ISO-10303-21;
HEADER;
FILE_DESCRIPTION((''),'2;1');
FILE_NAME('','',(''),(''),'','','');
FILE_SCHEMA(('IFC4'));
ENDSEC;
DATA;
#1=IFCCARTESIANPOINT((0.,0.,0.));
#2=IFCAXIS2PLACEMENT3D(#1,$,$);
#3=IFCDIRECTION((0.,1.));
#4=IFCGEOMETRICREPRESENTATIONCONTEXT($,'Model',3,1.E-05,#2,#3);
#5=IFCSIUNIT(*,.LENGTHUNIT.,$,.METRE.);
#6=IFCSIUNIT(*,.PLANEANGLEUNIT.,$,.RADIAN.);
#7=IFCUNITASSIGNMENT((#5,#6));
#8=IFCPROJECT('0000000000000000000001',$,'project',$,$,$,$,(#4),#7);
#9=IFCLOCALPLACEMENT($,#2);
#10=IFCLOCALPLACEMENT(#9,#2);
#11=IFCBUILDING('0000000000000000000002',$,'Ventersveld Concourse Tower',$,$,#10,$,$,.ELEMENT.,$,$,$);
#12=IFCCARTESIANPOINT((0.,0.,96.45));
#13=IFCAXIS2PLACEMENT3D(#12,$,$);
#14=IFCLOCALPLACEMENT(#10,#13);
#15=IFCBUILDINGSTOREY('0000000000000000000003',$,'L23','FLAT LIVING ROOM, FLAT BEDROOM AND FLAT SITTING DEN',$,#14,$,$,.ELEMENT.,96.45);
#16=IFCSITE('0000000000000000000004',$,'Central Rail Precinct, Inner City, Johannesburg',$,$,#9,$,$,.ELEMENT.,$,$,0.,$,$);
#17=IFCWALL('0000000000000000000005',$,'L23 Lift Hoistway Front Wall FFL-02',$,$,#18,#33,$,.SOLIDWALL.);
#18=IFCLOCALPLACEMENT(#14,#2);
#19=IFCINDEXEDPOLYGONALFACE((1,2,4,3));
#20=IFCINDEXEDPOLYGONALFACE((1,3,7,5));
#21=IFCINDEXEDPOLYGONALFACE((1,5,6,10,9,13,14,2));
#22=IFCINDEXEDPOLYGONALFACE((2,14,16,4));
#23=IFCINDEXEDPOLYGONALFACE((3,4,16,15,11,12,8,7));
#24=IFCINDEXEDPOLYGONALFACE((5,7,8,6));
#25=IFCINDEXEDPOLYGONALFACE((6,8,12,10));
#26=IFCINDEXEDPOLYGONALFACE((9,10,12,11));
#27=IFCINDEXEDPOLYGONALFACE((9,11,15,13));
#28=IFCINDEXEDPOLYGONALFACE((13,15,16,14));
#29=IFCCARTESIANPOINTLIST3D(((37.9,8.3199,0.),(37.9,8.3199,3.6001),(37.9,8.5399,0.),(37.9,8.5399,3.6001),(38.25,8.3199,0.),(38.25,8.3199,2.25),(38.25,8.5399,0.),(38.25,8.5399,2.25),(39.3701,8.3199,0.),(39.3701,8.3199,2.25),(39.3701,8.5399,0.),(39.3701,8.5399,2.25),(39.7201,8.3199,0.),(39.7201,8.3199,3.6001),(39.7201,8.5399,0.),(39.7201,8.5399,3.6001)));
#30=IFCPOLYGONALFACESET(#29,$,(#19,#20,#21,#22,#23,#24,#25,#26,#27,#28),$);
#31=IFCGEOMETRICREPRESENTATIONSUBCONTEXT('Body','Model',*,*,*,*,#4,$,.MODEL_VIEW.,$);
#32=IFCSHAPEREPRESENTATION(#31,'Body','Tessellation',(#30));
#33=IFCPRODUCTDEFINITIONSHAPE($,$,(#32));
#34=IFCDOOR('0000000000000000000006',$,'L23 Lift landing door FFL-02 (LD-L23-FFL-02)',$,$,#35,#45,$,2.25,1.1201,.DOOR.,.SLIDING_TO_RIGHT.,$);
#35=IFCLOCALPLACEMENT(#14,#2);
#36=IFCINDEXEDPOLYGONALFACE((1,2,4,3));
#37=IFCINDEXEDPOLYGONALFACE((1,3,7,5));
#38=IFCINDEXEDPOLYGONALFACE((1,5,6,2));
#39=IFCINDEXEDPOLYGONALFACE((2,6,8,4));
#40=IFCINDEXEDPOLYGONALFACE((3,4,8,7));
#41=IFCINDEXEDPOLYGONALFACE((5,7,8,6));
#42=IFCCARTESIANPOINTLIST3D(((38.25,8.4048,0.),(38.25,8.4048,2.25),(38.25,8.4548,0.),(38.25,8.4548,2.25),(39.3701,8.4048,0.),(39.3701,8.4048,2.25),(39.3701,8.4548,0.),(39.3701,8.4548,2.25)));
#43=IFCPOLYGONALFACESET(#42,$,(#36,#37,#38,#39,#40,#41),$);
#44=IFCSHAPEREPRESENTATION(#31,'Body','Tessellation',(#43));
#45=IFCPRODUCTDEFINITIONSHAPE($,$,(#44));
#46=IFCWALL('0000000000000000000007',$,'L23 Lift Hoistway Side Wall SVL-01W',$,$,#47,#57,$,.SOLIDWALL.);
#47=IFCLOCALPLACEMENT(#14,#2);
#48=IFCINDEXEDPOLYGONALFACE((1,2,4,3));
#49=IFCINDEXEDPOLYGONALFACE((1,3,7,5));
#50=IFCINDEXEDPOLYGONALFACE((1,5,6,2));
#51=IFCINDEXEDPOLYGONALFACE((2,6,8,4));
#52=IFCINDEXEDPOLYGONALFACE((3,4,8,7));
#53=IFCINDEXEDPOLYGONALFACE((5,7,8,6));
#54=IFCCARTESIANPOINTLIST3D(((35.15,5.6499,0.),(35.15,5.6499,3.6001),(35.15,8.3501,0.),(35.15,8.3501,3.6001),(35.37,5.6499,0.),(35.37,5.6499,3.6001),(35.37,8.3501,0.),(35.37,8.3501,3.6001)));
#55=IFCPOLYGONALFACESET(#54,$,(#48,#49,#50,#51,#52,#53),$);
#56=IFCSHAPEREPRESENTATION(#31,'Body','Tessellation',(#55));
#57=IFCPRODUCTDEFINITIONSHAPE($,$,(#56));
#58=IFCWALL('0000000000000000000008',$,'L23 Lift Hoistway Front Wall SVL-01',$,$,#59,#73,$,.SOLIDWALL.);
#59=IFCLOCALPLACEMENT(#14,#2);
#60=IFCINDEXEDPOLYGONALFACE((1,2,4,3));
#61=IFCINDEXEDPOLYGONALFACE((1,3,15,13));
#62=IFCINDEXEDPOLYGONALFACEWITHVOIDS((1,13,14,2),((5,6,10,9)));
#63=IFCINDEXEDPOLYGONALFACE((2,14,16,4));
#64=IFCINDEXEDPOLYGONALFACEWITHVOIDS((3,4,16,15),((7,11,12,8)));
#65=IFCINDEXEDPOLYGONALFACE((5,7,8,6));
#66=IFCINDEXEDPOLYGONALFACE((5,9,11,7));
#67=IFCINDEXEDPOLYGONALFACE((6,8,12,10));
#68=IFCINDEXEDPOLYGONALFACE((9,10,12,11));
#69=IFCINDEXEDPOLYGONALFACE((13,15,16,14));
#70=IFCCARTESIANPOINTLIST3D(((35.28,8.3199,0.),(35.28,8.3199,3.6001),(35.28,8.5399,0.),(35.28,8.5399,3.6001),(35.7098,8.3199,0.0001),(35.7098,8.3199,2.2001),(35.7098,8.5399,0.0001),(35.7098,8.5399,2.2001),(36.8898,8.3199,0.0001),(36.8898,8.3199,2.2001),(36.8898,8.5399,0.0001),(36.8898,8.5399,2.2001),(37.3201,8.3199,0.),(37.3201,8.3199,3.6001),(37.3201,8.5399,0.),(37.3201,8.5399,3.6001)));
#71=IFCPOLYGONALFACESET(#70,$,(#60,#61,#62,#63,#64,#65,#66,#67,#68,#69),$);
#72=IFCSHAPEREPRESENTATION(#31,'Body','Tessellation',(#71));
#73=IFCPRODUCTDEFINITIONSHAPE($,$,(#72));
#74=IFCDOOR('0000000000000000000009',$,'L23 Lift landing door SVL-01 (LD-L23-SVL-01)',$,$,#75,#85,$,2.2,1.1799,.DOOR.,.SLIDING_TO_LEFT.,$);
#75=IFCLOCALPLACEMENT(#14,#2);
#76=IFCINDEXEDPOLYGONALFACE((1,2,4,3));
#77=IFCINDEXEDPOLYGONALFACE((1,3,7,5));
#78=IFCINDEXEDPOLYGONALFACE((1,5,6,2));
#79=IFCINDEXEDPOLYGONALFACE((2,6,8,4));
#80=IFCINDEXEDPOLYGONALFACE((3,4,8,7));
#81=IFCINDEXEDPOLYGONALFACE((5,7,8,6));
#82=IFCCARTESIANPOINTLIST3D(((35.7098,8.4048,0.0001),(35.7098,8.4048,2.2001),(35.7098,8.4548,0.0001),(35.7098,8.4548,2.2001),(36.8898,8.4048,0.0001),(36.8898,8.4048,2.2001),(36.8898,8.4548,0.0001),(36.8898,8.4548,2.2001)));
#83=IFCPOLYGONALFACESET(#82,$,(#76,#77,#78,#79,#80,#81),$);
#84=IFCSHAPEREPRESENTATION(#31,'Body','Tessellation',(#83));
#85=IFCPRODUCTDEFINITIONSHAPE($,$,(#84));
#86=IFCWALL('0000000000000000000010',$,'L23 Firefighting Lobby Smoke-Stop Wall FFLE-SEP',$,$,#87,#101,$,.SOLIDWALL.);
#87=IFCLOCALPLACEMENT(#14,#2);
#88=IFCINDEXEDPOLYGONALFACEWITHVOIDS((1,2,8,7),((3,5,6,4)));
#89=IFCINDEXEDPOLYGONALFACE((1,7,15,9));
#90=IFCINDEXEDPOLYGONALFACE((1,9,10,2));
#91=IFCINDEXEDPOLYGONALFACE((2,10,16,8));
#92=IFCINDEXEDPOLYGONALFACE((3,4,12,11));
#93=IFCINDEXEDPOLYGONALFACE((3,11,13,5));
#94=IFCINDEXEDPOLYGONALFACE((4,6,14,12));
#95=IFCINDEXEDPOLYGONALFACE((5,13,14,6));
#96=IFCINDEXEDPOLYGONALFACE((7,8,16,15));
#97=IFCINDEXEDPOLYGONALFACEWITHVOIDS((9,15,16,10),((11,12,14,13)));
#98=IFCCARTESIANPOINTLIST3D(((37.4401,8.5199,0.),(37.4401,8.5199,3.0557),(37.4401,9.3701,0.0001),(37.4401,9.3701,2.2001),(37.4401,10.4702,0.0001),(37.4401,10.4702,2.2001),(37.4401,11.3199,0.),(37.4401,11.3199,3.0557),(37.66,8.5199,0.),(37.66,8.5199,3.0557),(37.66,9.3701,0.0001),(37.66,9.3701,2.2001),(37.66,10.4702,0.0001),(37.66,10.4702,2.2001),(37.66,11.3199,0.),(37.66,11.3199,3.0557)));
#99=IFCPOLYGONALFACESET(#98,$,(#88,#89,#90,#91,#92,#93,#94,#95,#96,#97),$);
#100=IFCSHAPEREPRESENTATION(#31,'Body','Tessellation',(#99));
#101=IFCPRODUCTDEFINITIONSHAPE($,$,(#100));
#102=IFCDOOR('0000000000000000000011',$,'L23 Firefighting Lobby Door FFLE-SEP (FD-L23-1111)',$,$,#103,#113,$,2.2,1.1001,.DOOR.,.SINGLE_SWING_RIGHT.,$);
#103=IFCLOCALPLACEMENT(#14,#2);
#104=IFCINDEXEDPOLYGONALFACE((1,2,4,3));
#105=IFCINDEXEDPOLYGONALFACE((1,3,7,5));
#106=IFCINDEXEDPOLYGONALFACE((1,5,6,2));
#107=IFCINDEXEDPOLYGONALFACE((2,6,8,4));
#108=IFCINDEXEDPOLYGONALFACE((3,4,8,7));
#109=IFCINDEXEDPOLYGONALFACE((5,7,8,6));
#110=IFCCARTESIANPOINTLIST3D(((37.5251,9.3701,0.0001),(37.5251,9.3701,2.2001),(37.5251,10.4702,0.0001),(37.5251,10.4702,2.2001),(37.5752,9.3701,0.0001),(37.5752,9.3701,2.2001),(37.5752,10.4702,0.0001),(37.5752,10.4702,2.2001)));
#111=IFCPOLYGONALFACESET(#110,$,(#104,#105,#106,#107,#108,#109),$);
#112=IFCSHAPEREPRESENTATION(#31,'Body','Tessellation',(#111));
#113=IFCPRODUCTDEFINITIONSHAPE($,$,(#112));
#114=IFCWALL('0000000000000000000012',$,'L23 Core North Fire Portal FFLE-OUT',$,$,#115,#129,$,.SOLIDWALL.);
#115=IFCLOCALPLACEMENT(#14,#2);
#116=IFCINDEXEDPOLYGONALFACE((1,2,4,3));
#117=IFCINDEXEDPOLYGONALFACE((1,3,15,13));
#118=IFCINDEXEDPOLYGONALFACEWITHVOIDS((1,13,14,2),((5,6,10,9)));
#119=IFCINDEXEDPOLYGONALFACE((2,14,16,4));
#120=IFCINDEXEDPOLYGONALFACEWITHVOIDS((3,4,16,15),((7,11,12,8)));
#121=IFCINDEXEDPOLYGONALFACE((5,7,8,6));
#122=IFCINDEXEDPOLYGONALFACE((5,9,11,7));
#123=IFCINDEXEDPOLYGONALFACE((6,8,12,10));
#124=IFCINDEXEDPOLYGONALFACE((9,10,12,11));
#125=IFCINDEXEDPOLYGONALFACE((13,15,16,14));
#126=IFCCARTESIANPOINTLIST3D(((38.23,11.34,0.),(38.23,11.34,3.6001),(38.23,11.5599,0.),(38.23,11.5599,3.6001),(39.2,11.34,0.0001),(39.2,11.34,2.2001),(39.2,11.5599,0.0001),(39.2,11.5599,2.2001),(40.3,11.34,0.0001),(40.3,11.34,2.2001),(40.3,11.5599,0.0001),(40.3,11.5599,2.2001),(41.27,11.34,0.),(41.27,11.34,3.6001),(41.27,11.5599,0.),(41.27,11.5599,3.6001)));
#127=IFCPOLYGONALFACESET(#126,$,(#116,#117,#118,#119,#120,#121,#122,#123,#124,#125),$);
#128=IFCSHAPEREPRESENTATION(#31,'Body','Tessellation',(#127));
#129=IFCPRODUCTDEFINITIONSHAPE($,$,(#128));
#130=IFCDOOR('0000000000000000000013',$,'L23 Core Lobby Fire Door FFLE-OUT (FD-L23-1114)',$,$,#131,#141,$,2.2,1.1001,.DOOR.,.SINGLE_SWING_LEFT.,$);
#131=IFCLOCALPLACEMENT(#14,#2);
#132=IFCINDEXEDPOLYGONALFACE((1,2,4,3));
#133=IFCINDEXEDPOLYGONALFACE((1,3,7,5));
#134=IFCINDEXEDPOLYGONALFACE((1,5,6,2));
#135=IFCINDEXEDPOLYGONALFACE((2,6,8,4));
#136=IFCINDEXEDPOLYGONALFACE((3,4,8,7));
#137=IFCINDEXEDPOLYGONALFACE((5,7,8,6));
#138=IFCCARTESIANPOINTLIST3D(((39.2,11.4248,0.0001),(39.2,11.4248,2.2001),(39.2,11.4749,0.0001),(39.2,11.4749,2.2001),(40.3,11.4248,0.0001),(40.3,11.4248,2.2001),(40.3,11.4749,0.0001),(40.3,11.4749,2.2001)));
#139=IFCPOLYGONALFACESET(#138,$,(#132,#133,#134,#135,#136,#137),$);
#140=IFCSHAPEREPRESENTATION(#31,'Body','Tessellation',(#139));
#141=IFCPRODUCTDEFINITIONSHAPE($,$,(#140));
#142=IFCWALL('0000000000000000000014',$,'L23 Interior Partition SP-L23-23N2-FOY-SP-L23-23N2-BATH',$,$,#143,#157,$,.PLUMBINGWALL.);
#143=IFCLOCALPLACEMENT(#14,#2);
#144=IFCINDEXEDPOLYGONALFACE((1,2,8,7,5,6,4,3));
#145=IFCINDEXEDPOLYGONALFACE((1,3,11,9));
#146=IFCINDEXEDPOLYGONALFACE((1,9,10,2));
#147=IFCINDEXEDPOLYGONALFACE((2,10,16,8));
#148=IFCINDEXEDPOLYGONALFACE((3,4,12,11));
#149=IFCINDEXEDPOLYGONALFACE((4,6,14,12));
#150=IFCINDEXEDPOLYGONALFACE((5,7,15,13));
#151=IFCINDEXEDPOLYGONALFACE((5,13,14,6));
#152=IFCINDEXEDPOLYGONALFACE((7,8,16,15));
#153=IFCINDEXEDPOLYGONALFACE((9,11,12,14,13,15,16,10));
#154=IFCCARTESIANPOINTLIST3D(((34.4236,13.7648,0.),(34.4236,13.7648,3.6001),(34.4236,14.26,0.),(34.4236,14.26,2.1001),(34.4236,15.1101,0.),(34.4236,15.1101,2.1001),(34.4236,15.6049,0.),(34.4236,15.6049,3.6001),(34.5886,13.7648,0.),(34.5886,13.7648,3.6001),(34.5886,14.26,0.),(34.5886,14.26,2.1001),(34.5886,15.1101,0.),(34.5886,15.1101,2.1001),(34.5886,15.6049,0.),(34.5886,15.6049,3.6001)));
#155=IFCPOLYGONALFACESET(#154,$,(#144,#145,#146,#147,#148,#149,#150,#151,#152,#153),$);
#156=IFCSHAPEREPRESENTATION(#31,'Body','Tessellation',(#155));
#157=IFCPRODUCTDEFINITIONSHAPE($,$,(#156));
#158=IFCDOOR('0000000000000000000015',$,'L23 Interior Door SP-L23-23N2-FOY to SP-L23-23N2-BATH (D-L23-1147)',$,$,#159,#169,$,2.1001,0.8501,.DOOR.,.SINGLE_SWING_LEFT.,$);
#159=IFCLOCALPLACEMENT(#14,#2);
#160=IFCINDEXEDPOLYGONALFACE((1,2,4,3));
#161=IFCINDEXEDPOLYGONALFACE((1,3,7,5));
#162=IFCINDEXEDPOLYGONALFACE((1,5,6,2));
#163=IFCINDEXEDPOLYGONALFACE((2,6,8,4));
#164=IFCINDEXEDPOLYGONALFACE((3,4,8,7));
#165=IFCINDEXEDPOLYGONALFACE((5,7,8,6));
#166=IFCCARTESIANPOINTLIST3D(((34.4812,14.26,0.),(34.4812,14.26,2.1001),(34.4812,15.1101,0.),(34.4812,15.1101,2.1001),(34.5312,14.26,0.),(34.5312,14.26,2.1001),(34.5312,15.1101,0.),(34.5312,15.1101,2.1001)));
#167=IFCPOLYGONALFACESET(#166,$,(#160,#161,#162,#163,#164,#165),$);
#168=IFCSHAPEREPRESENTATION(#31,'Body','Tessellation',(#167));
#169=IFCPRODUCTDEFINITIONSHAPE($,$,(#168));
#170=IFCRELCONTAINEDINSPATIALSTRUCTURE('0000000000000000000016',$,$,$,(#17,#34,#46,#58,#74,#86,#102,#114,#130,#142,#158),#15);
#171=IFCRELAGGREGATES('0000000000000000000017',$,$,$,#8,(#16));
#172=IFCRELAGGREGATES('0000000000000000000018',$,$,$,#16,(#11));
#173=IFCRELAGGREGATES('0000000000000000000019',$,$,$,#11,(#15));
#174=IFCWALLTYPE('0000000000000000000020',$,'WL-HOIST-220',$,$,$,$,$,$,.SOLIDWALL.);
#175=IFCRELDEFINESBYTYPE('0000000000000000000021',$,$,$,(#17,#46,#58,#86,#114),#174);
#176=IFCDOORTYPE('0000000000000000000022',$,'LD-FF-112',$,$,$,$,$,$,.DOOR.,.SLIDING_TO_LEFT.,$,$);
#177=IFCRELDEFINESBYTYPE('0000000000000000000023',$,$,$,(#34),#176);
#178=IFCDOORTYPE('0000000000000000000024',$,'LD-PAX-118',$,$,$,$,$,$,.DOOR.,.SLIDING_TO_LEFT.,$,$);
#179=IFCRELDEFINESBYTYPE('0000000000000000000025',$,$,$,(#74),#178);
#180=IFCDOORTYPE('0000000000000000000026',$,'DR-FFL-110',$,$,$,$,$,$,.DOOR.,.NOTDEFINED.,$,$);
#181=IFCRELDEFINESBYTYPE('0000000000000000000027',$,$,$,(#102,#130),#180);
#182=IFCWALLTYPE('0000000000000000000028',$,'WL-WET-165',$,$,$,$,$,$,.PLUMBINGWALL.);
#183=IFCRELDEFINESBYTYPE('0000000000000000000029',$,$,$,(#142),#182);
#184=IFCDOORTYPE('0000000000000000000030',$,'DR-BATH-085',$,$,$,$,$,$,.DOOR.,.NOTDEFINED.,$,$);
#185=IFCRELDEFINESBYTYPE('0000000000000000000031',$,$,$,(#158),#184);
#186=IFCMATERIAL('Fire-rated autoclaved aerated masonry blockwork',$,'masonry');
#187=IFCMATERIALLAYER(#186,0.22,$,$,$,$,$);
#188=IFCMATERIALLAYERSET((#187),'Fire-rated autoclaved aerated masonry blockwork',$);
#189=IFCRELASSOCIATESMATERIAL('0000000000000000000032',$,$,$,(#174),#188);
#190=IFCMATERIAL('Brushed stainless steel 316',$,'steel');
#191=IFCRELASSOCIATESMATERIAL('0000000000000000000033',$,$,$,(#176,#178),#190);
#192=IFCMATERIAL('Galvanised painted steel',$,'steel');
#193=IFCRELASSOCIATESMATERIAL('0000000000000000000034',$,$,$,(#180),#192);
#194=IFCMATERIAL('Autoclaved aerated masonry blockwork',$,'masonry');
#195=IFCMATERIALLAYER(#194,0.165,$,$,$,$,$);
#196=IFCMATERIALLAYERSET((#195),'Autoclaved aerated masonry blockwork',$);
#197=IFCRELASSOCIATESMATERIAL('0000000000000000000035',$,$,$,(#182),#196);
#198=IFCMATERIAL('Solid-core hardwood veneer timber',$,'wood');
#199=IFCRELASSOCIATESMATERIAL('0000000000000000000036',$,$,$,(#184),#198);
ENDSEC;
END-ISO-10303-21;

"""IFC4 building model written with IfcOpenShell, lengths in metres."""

from ifc_helpers import new_model, si_unit, direction, frame, frame_2d, origin, place, context, subcontext, project, spatial, rectangle, extrude, material, layer, layer_set, type_object, element, fill, save


model = new_model("IFC4")

# Units and contexts
model_context = context("Model", 3, precision=1e-05, world=origin(), true_north=direction((0.0, 1.0)))
body_context = subcontext(model_context, "Body", "Model", "MODEL_VIEW")
ifc_project = project(units=[si_unit("LENGTHUNIT", "METRE"), si_unit("PLANEANGLEUNIT", "RADIAN")], contexts=[model_context])

# Site, building, storey
site_placement = place(None, origin())
site = spatial("IfcSite", under=ifc_project, at=site_placement, Name="Central Rail Precinct, Inner City, Johannesburg", CompositionType="ELEMENT", RefElevation=0.0)
building_placement = place(site_placement, origin())
building = spatial("IfcBuilding", under=site, at=building_placement, Name="Ventersveld Concourse Tower", CompositionType="ELEMENT")
storey_placement = place(building_placement, frame((0.0, 0.0, 96.45)))
storey = spatial("IfcBuildingStorey", under=building, at=storey_placement, Name="L23", Description="FLAT LIVING ROOM, FLAT BEDROOM AND FLAT SITTING DEN", CompositionType="ELEMENT", Elevation=96.45)

# Shared definitions
ifc_material_1 = material(Name="Fire-rated autoclaved aerated masonry blockwork", Category="masonry")
ifc_material_2 = material(Name="Solid-core hardwood veneer timber", Category="wood")

# Shared definitions
ifc_layer_1 = layer(ifc_material_1, 0.22)
ifc_layer_set_1 = layer_set([ifc_layer_1], Name="Fire-rated autoclaved aerated masonry blockwork")
wall_type_1 = type_object("IfcWallType", Name="WL-HOIST-220", PredefinedType="SOLIDWALL", material=ifc_layer_set_1)

# Wall, opening, door
wall_1_placement = place(storey_placement, frame((37.8999, 8.4299, 0.0), z_axis=(0.0, 0.0, 1.0), x_axis=(1.0, 0.0, 0.0)))
wall_1 = element("IfcWall", 1, at=wall_1_placement, inside=storey, type_object=wall_type_1, Name="L23 Lift Hoistway Front Wall FFL-02", PredefinedType="SOLIDWALL", context=body_context, shape_type="SweptSolid", body=[
    extrude(rectangle(XDim=1.8201, YDim=0.22, at=frame_2d((0.9102, 0.0))), origin(), (0.0, 0.0, 1.0), 3.6001),
])
opening_1_placement = place(wall_1_placement, frame((0.3501, 0.0, 0.0)))
opening_1 = element("IfcOpeningElement", 2, at=opening_1_placement, cuts=wall_1, PredefinedType="OPENING", context=body_context, shape_type="SweptSolid", body=[
    extrude(rectangle(XDim=1.1201, YDim=2.25, at=frame_2d((0.5601, 1.125))), frame((0.0, 0.1201, 0.0), z_axis=(0.0, -1.0, 0.0), x_axis=(1.0, 0.0, 0.0)), (0.0, 0.0, 1.0), 0.24),
])
ifc_material_3 = material(Name="Brushed stainless steel 316", Category="steel")
door_type_1 = type_object("IfcDoorType", Name="LD-FF-112", OperationType="SLIDING_TO_LEFT", PredefinedType="DOOR", material=ifc_material_3)
door_1_placement = place(opening_1_placement, origin())
door_1 = element("IfcDoor", 3, at=door_1_placement, inside=storey, type_object=door_type_1, Name="L23 Lift landing door FFL-02 (LD-L23-FFL-02)", OperationType="SLIDING_TO_RIGHT", OverallHeight=2.25, OverallWidth=1.1201, PredefinedType="DOOR", context=body_context, shape_type="SweptSolid", body=[
    extrude(rectangle(XDim=1.1201, YDim=2.25, at=frame_2d((0.5601, 1.125))), frame((0.0, 0.0249, 0.0), z_axis=(0.0, -1.0, 0.0), x_axis=(1.0, 0.0, 0.0)), (0.0, 0.0, 1.0), 0.05),
])
fill(opening_1, door_1)

# Wall
wall_2_placement = place(storey_placement, frame((35.26, 5.6499, 0.0), z_axis=(0.0, 0.0, 1.0), x_axis=(0.0, 1.0, 0.0)))
element("IfcWall", 4, at=wall_2_placement, inside=storey, type_object=wall_type_1, Name="L23 Lift Hoistway Side Wall SVL-01W", PredefinedType="SOLIDWALL", context=body_context, shape_type="SweptSolid", body=[
    extrude(rectangle(XDim=2.7002, YDim=0.22, at=frame_2d((1.3501, 0.0))), origin(), (0.0, 0.0, 1.0), 3.6001),
])

# Walls, openings, doors
wall_3_placement = place(storey_placement, frame((35.28, 8.4299, 0.0), z_axis=(0.0, 0.0, 1.0), x_axis=(1.0, 0.0, 0.0)))
wall_3 = element("IfcWall", 5, at=wall_3_placement, inside=storey, type_object=wall_type_1, Name="L23 Lift Hoistway Front Wall SVL-01", PredefinedType="SOLIDWALL", context=body_context, shape_type="SweptSolid", body=[
    extrude(rectangle(XDim=2.04, YDim=0.22, at=frame_2d((1.02, 0.0))), origin(), (0.0, 0.0, 1.0), 3.6001),
])
opening_2_placement = place(wall_3_placement, frame((0.4299, 0.0, 0.0)))
opening_2 = element("IfcOpeningElement", 6, at=opening_2_placement, cuts=wall_3, PredefinedType="OPENING", context=body_context, shape_type="SweptSolid", body=[
    extrude(rectangle(XDim=1.1799, YDim=2.2, at=frame_2d((0.5898, 1.1001))), frame((0.0, 0.1201, 0.0), z_axis=(0.0, -1.0, 0.0), x_axis=(1.0, 0.0, 0.0)), (0.0, 0.0, 1.0), 0.24),
])
door_type_2 = type_object("IfcDoorType", Name="LD-PAX-118", OperationType="SLIDING_TO_LEFT", PredefinedType="DOOR", material=ifc_material_3)
door_2_placement = place(opening_2_placement, origin())
door_2 = element("IfcDoor", 7, at=door_2_placement, inside=storey, type_object=door_type_2, Name="L23 Lift landing door SVL-01 (LD-L23-SVL-01)", OperationType="SLIDING_TO_LEFT", OverallHeight=2.2, OverallWidth=1.1799, PredefinedType="DOOR", context=body_context, shape_type="SweptSolid", body=[
    extrude(rectangle(XDim=1.1799, YDim=2.2, at=frame_2d((0.5898, 1.1001))), frame((0.0, 0.0249, 0.0), z_axis=(0.0, -1.0, 0.0), x_axis=(1.0, 0.0, 0.0)), (0.0, 0.0, 1.0), 0.05),
])
fill(opening_2, door_2)
wall_4_placement = place(storey_placement, frame((37.55, 8.52, 0.0), z_axis=(0.0, 0.0, 1.0), x_axis=(0.0, 1.0, 0.0)))
wall_4 = element("IfcWall", 8, at=wall_4_placement, inside=storey, type_object=wall_type_1, Name="L23 Firefighting Lobby Smoke-Stop Wall FFLE-SEP", PredefinedType="SOLIDWALL", context=body_context, shape_type="SweptSolid", body=[
    extrude(rectangle(XDim=2.8, YDim=0.22, at=frame_2d((1.3999, 0.0))), origin(), (0.0, 0.0, 1.0), 3.0557),
])
opening_3_placement = place(wall_4_placement, frame((0.8501, 0.0, 0.0)))
opening_3 = element("IfcOpeningElement", 9, at=opening_3_placement, cuts=wall_4, PredefinedType="OPENING", context=body_context, shape_type="SweptSolid", body=[
    extrude(rectangle(XDim=1.1001, YDim=2.2, at=frame_2d((0.55, 1.1001))), frame((0.0, 0.1201, 0.0), z_axis=(0.0, -1.0, 0.0), x_axis=(1.0, 0.0, 0.0)), (0.0, 0.0, 1.0), 0.24),
])
ifc_material_4 = material(Name="Galvanised painted steel", Category="steel")
door_type_3 = type_object("IfcDoorType", Name="DR-FFL-110", OperationType="NOTDEFINED", PredefinedType="DOOR", material=ifc_material_4)
door_3_placement = place(opening_3_placement, origin())
door_3 = element("IfcDoor", 10, at=door_3_placement, inside=storey, type_object=door_type_3, Name="L23 Firefighting Lobby Door FFLE-SEP (FD-L23-1111)", OperationType="SINGLE_SWING_RIGHT", OverallHeight=2.2, OverallWidth=1.1001, PredefinedType="DOOR", context=body_context, shape_type="SweptSolid", body=[
    extrude(rectangle(XDim=1.1001, YDim=2.2, at=frame_2d((0.55, 1.1001))), frame((0.0, 0.0249, 0.0), z_axis=(0.0, -1.0, 0.0), x_axis=(1.0, 0.0, 0.0)), (0.0, 0.0, 1.0), 0.05),
])
fill(opening_3, door_3)
wall_5_placement = place(storey_placement, frame((38.23, 11.45, 0.0), z_axis=(0.0, 0.0, 1.0), x_axis=(1.0, 0.0, 0.0)))
wall_5 = element("IfcWall", 11, at=wall_5_placement, inside=storey, type_object=wall_type_1, Name="L23 Core North Fire Portal FFLE-OUT", PredefinedType="SOLIDWALL", context=body_context, shape_type="SweptSolid", body=[
    extrude(rectangle(XDim=3.04, YDim=0.22, at=frame_2d((1.52, 0.0))), origin(), (0.0, 0.0, 1.0), 3.6001),
])
opening_4_placement = place(wall_5_placement, frame((0.97, 0.0, 0.0)))
opening_4 = element("IfcOpeningElement", 12, at=opening_4_placement, cuts=wall_5, PredefinedType="OPENING", context=body_context, shape_type="SweptSolid", body=[
    extrude(rectangle(XDim=1.1001, YDim=2.2, at=frame_2d((0.55, 1.1001))), frame((0.0, 0.1201, 0.0), z_axis=(0.0, -1.0, 0.0), x_axis=(1.0, 0.0, 0.0)), (0.0, 0.0, 1.0), 0.24),
])
door_4_placement = place(opening_4_placement, origin())
door_4 = element("IfcDoor", 13, at=door_4_placement, inside=storey, type_object=door_type_3, Name="L23 Core Lobby Fire Door FFLE-OUT (FD-L23-1114)", OperationType="SINGLE_SWING_LEFT", OverallHeight=2.2, OverallWidth=1.1001, PredefinedType="DOOR", context=body_context, shape_type="SweptSolid", body=[
    extrude(rectangle(XDim=1.1001, YDim=2.2, at=frame_2d((0.55, 1.1001))), frame((0.0, 0.0249, 0.0), z_axis=(0.0, -1.0, 0.0), x_axis=(1.0, 0.0, 0.0)), (0.0, 0.0, 1.0), 0.05),
])
fill(opening_4, door_4)
ifc_material_5 = material(Name="Autoclaved aerated masonry blockwork", Category="masonry")
ifc_layer_2 = layer(ifc_material_5, 0.165)
ifc_layer_set_2 = layer_set([ifc_layer_2], Name="Autoclaved aerated masonry blockwork")
wall_type_2 = type_object("IfcWallType", Name="WL-WET-165", PredefinedType="PLUMBINGWALL", material=ifc_layer_set_2)
wall_6_placement = place(storey_placement, frame((34.5061, 13.7649, 0.0), z_axis=(0.0, 0.0, 1.0), x_axis=(0.0, 1.0, 0.0)))
wall_6 = element("IfcWall", 14, at=wall_6_placement, inside=storey, type_object=wall_type_2, Name="L23 Interior Partition SP-L23-23N2-FOY-SP-L23-23N2-BATH", PredefinedType="PLUMBINGWALL", context=body_context, shape_type="SweptSolid", body=[
    extrude(rectangle(XDim=1.8401, YDim=0.165, at=frame_2d((0.9199, 0.0))), origin(), (0.0, 0.0, 1.0), 3.6001),
])
opening_5_placement = place(wall_6_placement, frame((0.4951, 0.0, 0.0)))
opening_5 = element("IfcOpeningElement", 15, at=opening_5_placement, cuts=wall_6, PredefinedType="OPENING", context=body_context, shape_type="SweptSolid", body=[
    extrude(rectangle(XDim=0.8501, YDim=2.1001, at=frame_2d((0.425, 1.05))), frame((0.0, 0.0925, 0.0), z_axis=(0.0, -1.0, 0.0), x_axis=(1.0, 0.0, 0.0)), (0.0, 0.0, 1.0), 0.1851),
])
door_type_4 = type_object("IfcDoorType", Name="DR-BATH-085", OperationType="NOTDEFINED", PredefinedType="DOOR", material=ifc_material_2)
door_5_placement = place(opening_5_placement, origin())
door_5 = element("IfcDoor", 16, at=door_5_placement, inside=storey, type_object=door_type_4, Name="L23 Interior Door SP-L23-23N2-FOY to SP-L23-23N2-BATH (D-L23-1147)", OperationType="SINGLE_SWING_LEFT", OverallHeight=2.1001, OverallWidth=0.8501, PredefinedType="DOOR", context=body_context, shape_type="SweptSolid", body=[
    extrude(rectangle(XDim=0.8501, YDim=2.1001, at=frame_2d((0.425, 1.05))), frame((0.0, 0.0249, 0.0), z_axis=(0.0, -1.0, 0.0), x_axis=(1.0, 0.0, 0.0)), (0.0, 0.0, 1.0), 0.05),
])
fill(opening_5, door_5)

save(model, "model.ifc")
